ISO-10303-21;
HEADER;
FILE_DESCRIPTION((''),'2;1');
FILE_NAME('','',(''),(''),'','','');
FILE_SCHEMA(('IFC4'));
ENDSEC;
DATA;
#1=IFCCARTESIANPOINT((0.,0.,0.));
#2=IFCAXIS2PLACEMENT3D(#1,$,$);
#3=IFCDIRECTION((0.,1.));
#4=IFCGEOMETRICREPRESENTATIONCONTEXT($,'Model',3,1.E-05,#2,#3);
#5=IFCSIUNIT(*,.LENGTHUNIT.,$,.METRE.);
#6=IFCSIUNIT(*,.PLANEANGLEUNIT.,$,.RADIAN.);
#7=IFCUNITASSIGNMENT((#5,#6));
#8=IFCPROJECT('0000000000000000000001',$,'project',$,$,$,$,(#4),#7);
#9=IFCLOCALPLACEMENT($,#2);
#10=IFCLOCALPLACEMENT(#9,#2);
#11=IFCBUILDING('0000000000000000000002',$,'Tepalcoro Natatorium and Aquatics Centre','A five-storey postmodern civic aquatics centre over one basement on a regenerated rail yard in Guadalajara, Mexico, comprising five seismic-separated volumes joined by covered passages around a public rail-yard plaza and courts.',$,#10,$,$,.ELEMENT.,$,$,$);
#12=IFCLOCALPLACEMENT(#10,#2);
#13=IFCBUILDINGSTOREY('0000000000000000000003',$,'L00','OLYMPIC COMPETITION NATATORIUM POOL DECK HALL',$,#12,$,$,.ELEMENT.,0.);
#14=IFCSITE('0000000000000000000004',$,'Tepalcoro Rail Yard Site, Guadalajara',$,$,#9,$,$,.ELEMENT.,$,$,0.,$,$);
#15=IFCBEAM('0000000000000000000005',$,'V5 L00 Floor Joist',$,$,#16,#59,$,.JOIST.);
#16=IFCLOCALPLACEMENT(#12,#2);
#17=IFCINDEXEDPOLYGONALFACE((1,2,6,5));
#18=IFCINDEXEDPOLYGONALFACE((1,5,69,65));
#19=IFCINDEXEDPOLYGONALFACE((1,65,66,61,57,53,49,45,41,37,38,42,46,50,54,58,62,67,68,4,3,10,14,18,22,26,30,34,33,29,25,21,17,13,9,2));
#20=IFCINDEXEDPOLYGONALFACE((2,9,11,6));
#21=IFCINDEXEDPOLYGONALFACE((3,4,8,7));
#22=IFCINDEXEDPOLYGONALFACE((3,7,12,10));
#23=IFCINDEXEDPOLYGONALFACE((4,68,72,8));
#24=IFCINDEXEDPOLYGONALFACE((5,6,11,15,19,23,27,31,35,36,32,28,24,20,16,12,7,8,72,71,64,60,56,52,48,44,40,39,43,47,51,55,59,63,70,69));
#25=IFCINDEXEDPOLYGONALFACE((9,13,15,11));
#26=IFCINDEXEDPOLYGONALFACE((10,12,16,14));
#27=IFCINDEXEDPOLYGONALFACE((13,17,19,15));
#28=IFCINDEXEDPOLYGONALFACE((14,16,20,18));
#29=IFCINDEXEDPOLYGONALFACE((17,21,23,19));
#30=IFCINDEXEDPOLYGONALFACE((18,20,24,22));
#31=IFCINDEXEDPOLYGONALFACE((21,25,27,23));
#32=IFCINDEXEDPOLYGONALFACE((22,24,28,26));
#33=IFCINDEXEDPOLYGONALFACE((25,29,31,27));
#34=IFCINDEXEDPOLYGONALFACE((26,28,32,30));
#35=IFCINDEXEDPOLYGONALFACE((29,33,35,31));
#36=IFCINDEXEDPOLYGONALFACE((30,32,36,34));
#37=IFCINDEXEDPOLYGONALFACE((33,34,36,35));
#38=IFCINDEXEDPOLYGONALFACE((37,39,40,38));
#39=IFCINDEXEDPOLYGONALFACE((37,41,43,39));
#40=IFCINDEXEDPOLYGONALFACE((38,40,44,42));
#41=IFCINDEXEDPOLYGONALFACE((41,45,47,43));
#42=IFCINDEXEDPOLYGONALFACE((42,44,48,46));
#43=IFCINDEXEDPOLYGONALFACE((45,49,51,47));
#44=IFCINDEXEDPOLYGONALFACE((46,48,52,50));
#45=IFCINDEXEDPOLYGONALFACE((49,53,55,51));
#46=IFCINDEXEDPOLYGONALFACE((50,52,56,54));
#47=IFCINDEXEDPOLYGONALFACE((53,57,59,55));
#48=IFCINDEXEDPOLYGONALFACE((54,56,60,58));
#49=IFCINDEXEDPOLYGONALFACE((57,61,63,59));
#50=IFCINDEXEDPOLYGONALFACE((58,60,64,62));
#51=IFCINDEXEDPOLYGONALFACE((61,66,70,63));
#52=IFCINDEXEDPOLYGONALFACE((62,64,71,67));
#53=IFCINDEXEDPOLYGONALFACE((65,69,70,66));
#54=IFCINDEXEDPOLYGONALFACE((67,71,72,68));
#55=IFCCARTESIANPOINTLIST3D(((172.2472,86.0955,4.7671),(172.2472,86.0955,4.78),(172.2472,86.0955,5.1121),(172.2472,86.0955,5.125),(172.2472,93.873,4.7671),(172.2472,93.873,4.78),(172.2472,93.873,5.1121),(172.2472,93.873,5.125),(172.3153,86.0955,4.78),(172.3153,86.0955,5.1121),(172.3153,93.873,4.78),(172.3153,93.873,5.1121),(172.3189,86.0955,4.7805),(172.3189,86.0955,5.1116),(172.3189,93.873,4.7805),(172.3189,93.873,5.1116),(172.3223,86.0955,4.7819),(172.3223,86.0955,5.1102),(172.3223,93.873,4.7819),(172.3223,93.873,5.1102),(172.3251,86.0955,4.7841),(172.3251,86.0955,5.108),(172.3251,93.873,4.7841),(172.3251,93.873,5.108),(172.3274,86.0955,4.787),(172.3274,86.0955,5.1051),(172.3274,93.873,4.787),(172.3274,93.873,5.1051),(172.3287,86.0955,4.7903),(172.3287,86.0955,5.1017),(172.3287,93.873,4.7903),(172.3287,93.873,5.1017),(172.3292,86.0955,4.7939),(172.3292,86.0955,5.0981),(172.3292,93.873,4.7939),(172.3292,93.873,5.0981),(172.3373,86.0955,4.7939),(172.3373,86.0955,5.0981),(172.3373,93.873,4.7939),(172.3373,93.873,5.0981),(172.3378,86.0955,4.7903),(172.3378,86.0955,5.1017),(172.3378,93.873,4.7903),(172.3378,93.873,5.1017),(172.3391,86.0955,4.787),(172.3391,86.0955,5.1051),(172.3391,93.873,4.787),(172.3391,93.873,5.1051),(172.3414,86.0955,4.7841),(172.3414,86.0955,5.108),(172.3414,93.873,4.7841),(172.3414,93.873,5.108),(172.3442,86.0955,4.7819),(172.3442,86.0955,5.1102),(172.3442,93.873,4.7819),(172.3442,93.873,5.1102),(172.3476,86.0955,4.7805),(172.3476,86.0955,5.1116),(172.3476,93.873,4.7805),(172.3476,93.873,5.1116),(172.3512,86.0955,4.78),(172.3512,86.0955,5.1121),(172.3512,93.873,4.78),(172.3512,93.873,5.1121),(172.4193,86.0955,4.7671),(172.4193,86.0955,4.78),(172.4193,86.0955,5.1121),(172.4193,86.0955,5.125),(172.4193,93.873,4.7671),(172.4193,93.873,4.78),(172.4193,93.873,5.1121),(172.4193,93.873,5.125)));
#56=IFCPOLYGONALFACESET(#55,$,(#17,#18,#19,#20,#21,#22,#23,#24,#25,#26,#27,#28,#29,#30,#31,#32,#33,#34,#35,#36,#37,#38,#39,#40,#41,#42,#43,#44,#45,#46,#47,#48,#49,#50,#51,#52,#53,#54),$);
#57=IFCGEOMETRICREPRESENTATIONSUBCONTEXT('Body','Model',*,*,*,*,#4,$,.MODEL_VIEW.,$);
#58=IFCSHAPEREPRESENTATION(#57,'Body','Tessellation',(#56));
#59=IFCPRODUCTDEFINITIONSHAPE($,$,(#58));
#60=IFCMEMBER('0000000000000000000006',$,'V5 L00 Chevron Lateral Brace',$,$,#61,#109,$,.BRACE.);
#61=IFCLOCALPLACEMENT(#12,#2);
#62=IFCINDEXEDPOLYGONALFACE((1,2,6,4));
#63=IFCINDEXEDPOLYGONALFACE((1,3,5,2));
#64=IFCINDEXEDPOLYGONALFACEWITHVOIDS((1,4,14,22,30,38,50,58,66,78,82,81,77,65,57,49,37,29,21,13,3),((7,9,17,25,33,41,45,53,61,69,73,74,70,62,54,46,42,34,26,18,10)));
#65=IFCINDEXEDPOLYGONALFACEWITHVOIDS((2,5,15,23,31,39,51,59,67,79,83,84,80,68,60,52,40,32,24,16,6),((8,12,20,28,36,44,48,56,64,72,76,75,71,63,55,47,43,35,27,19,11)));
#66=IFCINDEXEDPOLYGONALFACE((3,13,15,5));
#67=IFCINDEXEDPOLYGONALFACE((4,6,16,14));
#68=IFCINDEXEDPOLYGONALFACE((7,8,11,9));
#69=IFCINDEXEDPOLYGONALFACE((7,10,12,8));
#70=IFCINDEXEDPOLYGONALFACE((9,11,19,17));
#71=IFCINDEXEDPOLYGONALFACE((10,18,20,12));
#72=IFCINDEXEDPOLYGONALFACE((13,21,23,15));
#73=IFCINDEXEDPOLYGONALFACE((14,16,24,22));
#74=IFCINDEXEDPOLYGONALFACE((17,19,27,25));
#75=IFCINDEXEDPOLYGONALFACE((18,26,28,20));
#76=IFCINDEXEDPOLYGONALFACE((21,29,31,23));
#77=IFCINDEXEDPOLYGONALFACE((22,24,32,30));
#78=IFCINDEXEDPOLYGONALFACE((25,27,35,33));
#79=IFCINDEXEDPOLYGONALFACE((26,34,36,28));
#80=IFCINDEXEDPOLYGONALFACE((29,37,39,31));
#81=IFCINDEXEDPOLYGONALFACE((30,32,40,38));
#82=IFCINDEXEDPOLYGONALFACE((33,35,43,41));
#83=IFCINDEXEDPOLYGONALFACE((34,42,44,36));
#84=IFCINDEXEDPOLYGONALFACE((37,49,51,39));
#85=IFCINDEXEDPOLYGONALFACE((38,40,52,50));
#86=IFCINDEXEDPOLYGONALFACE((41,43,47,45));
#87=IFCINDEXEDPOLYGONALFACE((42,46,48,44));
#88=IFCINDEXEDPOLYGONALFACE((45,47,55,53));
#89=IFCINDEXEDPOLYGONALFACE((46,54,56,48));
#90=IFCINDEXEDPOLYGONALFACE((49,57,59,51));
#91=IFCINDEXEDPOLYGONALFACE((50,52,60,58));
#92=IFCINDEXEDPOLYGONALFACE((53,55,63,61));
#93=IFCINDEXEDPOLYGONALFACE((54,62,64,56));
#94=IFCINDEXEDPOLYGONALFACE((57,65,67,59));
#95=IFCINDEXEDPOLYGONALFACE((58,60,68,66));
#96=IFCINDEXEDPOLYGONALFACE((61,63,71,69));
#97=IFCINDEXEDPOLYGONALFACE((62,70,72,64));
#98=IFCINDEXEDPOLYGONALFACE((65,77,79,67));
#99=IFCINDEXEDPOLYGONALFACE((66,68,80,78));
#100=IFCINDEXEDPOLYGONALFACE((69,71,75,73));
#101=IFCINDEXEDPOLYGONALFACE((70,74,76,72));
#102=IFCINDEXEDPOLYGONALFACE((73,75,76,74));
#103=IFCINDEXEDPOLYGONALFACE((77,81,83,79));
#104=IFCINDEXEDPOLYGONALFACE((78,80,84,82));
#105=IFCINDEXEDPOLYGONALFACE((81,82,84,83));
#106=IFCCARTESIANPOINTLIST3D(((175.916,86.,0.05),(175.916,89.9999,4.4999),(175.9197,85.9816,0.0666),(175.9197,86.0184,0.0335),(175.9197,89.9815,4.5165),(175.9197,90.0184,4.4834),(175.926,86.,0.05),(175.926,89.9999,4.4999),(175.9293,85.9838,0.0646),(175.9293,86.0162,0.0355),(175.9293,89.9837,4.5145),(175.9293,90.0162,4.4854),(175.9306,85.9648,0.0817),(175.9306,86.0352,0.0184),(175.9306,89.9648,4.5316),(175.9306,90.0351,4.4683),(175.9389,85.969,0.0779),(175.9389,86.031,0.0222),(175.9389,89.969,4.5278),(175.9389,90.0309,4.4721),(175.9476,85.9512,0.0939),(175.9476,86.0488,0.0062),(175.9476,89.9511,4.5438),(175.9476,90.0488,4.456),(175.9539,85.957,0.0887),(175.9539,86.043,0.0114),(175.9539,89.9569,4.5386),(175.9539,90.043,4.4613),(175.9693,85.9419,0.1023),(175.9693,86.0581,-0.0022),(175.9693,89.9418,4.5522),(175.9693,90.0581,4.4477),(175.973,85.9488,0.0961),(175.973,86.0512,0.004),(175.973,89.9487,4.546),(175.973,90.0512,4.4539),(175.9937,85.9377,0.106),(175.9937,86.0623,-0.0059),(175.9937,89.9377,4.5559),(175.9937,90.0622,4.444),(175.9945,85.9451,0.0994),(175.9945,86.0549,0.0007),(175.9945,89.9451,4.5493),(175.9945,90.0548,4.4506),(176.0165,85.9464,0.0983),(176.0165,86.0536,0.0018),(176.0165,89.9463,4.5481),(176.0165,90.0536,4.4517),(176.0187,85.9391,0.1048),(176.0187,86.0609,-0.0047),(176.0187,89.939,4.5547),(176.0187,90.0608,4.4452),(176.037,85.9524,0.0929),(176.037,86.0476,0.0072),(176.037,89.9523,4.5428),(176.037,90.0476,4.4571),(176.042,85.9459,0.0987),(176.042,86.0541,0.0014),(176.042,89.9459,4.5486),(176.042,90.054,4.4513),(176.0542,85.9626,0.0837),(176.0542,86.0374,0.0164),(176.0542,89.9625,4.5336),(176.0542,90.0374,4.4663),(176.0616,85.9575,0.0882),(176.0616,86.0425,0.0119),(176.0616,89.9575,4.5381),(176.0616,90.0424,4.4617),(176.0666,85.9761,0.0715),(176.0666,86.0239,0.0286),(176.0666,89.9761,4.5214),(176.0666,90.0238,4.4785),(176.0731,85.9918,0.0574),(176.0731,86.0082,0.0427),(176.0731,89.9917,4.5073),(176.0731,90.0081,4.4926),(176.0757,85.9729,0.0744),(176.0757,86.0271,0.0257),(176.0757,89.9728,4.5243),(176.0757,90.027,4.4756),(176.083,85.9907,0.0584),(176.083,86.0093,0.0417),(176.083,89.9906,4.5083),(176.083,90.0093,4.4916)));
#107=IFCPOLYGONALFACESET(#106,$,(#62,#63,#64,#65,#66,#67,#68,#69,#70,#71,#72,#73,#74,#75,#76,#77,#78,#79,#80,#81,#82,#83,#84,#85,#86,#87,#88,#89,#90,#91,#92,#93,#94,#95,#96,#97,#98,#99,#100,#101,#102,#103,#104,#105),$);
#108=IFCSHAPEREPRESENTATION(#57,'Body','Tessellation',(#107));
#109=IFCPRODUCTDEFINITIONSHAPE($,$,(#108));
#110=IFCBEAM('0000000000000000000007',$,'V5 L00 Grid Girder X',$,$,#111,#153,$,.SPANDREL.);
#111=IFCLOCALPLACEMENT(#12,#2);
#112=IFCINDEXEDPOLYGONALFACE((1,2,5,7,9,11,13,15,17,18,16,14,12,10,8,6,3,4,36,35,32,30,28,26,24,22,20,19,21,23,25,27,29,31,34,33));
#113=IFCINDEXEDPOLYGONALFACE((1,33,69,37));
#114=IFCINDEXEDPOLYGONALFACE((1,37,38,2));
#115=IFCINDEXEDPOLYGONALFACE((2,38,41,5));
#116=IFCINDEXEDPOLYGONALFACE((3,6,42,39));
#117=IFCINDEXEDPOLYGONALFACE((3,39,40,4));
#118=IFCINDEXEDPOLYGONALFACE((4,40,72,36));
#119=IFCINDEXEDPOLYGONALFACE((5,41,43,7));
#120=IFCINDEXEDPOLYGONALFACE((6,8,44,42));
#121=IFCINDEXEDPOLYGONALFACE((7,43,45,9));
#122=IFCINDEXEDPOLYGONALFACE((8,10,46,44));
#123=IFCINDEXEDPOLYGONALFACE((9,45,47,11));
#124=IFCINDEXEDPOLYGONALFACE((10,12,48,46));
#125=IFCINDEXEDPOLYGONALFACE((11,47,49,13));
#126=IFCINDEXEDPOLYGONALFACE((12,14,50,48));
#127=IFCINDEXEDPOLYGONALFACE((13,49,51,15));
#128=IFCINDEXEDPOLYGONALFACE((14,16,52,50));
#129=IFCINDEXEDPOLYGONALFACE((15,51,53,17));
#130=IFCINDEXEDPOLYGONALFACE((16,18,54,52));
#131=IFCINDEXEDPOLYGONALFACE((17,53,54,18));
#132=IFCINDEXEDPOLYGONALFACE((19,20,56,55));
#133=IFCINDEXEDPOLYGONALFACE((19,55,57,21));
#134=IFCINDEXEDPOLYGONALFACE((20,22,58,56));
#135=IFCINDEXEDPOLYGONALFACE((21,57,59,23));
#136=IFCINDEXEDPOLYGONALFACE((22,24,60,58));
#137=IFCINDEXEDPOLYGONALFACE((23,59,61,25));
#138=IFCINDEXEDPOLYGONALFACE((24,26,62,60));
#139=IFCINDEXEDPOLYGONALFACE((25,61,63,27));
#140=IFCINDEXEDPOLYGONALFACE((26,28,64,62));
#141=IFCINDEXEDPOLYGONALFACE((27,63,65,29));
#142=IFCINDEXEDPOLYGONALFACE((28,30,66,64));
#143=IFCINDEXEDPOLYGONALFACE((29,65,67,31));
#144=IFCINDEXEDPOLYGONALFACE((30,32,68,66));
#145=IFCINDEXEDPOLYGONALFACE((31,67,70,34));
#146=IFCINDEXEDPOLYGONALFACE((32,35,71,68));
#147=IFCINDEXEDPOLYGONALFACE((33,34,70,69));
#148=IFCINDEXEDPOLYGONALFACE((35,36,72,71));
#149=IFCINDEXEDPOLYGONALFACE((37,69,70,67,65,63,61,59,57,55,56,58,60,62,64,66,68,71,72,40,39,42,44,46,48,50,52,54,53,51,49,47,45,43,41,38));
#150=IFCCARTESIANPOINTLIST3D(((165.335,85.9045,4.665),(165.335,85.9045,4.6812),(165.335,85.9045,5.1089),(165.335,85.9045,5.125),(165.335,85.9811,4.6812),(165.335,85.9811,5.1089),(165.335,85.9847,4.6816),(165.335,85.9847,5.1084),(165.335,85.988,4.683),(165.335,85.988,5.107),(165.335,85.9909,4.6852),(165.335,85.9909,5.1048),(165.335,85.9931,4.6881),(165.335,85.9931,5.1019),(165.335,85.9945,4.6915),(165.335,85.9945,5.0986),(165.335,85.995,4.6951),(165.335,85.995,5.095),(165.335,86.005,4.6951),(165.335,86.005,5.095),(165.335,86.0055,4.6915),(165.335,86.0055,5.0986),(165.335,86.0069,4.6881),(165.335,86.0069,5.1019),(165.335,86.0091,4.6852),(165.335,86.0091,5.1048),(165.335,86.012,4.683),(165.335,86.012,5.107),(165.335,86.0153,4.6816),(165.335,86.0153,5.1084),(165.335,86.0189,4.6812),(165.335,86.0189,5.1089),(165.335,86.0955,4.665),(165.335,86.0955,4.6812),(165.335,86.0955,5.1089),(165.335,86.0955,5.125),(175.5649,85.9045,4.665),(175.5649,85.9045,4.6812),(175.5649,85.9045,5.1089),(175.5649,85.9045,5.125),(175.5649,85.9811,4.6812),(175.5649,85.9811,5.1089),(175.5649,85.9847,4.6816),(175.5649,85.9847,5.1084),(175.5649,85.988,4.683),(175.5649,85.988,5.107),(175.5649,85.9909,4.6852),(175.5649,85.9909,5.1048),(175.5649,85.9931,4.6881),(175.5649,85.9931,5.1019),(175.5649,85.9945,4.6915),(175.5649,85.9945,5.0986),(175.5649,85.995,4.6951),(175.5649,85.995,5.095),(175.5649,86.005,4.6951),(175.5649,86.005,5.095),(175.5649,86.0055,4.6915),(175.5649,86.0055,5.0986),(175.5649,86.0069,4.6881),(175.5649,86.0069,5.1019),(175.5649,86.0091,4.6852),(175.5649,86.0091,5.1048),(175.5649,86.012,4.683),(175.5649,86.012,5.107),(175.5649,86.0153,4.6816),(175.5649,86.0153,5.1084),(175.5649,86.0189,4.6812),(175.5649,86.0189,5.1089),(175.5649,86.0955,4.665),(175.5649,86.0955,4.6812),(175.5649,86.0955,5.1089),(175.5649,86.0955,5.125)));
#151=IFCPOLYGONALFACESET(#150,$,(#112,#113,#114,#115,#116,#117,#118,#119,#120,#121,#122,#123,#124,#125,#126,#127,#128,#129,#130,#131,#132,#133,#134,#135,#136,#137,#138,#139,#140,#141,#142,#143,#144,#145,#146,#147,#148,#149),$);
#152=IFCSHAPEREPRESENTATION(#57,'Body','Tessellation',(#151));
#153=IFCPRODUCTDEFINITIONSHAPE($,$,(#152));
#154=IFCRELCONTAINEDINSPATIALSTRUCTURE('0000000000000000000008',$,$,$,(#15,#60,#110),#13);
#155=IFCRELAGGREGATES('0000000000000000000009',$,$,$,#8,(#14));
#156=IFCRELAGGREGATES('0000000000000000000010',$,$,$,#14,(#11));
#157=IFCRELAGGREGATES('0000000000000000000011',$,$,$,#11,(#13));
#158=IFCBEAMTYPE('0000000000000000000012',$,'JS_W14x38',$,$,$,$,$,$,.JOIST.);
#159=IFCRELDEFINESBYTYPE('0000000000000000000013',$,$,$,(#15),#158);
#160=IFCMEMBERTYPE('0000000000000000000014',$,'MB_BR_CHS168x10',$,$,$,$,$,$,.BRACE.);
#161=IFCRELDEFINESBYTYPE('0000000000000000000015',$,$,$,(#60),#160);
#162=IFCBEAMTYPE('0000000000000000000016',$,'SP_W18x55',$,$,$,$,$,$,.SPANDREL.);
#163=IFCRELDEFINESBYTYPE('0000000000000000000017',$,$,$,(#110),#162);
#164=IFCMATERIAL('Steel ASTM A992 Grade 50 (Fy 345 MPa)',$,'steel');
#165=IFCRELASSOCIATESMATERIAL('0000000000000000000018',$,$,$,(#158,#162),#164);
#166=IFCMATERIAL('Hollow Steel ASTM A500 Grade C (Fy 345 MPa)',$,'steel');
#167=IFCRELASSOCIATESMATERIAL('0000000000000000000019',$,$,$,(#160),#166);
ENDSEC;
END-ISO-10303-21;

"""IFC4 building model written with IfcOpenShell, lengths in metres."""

from ifc_helpers import new_model, si_unit, direction, frame, origin, origin_2d, place, context, subcontext, project, spatial, hollow_circle, i_section, extrude, material, material_profile, profile_set, type_object, element, save


model = new_model("IFC4")

# Units and contexts
model_context = context("Model", 3, precision=1e-05, world=origin(), true_north=direction((0.0, 1.0)))
body_context = subcontext(model_context, "Body", "Model", "MODEL_VIEW")
ifc_project = project(units=[si_unit("LENGTHUNIT", "METRE"), si_unit("PLANEANGLEUNIT", "RADIAN")], contexts=[model_context])

# Site, building, storey
site_placement = place(None, origin())
site = spatial("IfcSite", under=ifc_project, at=site_placement, Name="Tepalcoro Rail Yard Site, Guadalajara", CompositionType="ELEMENT", RefElevation=0.0)
building_placement = place(site_placement, origin())
building = spatial("IfcBuilding", under=site, at=building_placement, Name="Tepalcoro Natatorium and Aquatics Centre", Description="A five-storey postmodern civic aquatics centre over one basement on a regenerated rail yard in Guadalajara, Mexico, comprising five seismic-separated volumes joined by covered passages around a public rail-yard plaza and courts.", CompositionType="ELEMENT")
storey_placement = place(building_placement, origin())
storey = spatial("IfcBuildingStorey", under=building, at=storey_placement, Name="L00", Description="OLYMPIC COMPETITION NATATORIUM POOL DECK HALL", CompositionType="ELEMENT", Elevation=0.0)

# Shared definitions
ifc_material_1 = material(Name="Steel ASTM A992 Grade 50 (Fy 345 MPa)", Category="steel")

# Beam
ifc_material_profile_1 = material_profile(ifc_material_1, i_section(OverallWidth=0.1721, OverallDepth=0.3579, WebThickness=0.0081, FlangeThickness=0.0129, FilletRadius=0.0139, at=origin_2d()), Name="W14X38")
ifc_profile_set_1 = profile_set([ifc_material_profile_1], Name="Steel ASTM A992 Grade 50 (Fy 345 MPa)")
beam_type_1 = type_object("IfcBeamType", Name="JS_W14x38", PredefinedType="JOIST", material=ifc_profile_set_1)
beam_1_placement = place(storey_placement, frame((172.3333, 86.0955, 4.946), z_axis=(0.0, 1.0, 0.0), x_axis=(-1.0, 0.0, 0.0)))
element("IfcBeam", 1, at=beam_1_placement, inside=storey, type_object=beam_type_1, Name="V5 L00 Floor Joist", PredefinedType="JOIST", context=body_context, shape_type="SweptSolid", body=[
    extrude(i_section(OverallWidth=0.1721, OverallDepth=0.3579, WebThickness=0.0081, FlangeThickness=0.0129, FilletRadius=0.0139, at=origin_2d()), origin(), (0.0, 0.0, 1.0), 7.7776),
])

# Member
ifc_material_2 = material(Name="Hollow Steel ASTM A500 Grade C (Fy 345 MPa)", Category="steel")
ifc_material_profile_2 = material_profile(ifc_material_2, hollow_circle(Radius=0.084, WallThickness=0.01, at=origin_2d()), Name="CHS168X10")
ifc_profile_set_2 = profile_set([ifc_material_profile_2], Name="Hollow Steel ASTM A500 Grade C (Fy 345 MPa)")
member_type_1 = type_object("IfcMemberType", Name="MB_BR_CHS168x10", PredefinedType="BRACE", material=ifc_profile_set_2)
member_1_placement = place(storey_placement, frame((176.0, 86.0, 0.05), z_axis=(0.0, 0.668507, 0.743706), x_axis=(-1.0, 0.0, 0.0)))
element("IfcMember", 2, at=member_1_placement, inside=storey, type_object=member_type_1, Name="V5 L00 Chevron Lateral Brace", PredefinedType="BRACE", context=body_context, shape_type="SweptSolid", body=[
    extrude(hollow_circle(Radius=0.084, WallThickness=0.01, at=origin_2d()), origin(), (0.0, 0.0, 1.0), 5.9834),
])

# Beam
ifc_material_profile_3 = material_profile(ifc_material_1, i_section(OverallWidth=0.1909, OverallDepth=0.46, WebThickness=0.01, FlangeThickness=0.0161, FilletRadius=0.0139, at=origin_2d()), Name="W18X55")
ifc_profile_set_3 = profile_set([ifc_material_profile_3], Name="Steel ASTM A992 Grade 50 (Fy 345 MPa)")
beam_type_2 = type_object("IfcBeamType", Name="SP_W18x55", PredefinedType="SPANDREL", material=ifc_profile_set_3)
beam_2_placement = place(storey_placement, frame((165.335, 86.0, 4.895), z_axis=(1.0, 0.0, 0.0), x_axis=(0.0, 1.0, 0.0)))
element("IfcBeam", 3, at=beam_2_placement, inside=storey, type_object=beam_type_2, Name="V5 L00 Grid Girder X", PredefinedType="SPANDREL", context=body_context, shape_type="SweptSolid", body=[
    extrude(i_section(OverallWidth=0.1909, OverallDepth=0.46, WebThickness=0.01, FlangeThickness=0.0161, FilletRadius=0.0139, at=origin_2d()), origin(), (0.0, 0.0, 1.0), 10.23),
])

save(model, "model.ifc")
